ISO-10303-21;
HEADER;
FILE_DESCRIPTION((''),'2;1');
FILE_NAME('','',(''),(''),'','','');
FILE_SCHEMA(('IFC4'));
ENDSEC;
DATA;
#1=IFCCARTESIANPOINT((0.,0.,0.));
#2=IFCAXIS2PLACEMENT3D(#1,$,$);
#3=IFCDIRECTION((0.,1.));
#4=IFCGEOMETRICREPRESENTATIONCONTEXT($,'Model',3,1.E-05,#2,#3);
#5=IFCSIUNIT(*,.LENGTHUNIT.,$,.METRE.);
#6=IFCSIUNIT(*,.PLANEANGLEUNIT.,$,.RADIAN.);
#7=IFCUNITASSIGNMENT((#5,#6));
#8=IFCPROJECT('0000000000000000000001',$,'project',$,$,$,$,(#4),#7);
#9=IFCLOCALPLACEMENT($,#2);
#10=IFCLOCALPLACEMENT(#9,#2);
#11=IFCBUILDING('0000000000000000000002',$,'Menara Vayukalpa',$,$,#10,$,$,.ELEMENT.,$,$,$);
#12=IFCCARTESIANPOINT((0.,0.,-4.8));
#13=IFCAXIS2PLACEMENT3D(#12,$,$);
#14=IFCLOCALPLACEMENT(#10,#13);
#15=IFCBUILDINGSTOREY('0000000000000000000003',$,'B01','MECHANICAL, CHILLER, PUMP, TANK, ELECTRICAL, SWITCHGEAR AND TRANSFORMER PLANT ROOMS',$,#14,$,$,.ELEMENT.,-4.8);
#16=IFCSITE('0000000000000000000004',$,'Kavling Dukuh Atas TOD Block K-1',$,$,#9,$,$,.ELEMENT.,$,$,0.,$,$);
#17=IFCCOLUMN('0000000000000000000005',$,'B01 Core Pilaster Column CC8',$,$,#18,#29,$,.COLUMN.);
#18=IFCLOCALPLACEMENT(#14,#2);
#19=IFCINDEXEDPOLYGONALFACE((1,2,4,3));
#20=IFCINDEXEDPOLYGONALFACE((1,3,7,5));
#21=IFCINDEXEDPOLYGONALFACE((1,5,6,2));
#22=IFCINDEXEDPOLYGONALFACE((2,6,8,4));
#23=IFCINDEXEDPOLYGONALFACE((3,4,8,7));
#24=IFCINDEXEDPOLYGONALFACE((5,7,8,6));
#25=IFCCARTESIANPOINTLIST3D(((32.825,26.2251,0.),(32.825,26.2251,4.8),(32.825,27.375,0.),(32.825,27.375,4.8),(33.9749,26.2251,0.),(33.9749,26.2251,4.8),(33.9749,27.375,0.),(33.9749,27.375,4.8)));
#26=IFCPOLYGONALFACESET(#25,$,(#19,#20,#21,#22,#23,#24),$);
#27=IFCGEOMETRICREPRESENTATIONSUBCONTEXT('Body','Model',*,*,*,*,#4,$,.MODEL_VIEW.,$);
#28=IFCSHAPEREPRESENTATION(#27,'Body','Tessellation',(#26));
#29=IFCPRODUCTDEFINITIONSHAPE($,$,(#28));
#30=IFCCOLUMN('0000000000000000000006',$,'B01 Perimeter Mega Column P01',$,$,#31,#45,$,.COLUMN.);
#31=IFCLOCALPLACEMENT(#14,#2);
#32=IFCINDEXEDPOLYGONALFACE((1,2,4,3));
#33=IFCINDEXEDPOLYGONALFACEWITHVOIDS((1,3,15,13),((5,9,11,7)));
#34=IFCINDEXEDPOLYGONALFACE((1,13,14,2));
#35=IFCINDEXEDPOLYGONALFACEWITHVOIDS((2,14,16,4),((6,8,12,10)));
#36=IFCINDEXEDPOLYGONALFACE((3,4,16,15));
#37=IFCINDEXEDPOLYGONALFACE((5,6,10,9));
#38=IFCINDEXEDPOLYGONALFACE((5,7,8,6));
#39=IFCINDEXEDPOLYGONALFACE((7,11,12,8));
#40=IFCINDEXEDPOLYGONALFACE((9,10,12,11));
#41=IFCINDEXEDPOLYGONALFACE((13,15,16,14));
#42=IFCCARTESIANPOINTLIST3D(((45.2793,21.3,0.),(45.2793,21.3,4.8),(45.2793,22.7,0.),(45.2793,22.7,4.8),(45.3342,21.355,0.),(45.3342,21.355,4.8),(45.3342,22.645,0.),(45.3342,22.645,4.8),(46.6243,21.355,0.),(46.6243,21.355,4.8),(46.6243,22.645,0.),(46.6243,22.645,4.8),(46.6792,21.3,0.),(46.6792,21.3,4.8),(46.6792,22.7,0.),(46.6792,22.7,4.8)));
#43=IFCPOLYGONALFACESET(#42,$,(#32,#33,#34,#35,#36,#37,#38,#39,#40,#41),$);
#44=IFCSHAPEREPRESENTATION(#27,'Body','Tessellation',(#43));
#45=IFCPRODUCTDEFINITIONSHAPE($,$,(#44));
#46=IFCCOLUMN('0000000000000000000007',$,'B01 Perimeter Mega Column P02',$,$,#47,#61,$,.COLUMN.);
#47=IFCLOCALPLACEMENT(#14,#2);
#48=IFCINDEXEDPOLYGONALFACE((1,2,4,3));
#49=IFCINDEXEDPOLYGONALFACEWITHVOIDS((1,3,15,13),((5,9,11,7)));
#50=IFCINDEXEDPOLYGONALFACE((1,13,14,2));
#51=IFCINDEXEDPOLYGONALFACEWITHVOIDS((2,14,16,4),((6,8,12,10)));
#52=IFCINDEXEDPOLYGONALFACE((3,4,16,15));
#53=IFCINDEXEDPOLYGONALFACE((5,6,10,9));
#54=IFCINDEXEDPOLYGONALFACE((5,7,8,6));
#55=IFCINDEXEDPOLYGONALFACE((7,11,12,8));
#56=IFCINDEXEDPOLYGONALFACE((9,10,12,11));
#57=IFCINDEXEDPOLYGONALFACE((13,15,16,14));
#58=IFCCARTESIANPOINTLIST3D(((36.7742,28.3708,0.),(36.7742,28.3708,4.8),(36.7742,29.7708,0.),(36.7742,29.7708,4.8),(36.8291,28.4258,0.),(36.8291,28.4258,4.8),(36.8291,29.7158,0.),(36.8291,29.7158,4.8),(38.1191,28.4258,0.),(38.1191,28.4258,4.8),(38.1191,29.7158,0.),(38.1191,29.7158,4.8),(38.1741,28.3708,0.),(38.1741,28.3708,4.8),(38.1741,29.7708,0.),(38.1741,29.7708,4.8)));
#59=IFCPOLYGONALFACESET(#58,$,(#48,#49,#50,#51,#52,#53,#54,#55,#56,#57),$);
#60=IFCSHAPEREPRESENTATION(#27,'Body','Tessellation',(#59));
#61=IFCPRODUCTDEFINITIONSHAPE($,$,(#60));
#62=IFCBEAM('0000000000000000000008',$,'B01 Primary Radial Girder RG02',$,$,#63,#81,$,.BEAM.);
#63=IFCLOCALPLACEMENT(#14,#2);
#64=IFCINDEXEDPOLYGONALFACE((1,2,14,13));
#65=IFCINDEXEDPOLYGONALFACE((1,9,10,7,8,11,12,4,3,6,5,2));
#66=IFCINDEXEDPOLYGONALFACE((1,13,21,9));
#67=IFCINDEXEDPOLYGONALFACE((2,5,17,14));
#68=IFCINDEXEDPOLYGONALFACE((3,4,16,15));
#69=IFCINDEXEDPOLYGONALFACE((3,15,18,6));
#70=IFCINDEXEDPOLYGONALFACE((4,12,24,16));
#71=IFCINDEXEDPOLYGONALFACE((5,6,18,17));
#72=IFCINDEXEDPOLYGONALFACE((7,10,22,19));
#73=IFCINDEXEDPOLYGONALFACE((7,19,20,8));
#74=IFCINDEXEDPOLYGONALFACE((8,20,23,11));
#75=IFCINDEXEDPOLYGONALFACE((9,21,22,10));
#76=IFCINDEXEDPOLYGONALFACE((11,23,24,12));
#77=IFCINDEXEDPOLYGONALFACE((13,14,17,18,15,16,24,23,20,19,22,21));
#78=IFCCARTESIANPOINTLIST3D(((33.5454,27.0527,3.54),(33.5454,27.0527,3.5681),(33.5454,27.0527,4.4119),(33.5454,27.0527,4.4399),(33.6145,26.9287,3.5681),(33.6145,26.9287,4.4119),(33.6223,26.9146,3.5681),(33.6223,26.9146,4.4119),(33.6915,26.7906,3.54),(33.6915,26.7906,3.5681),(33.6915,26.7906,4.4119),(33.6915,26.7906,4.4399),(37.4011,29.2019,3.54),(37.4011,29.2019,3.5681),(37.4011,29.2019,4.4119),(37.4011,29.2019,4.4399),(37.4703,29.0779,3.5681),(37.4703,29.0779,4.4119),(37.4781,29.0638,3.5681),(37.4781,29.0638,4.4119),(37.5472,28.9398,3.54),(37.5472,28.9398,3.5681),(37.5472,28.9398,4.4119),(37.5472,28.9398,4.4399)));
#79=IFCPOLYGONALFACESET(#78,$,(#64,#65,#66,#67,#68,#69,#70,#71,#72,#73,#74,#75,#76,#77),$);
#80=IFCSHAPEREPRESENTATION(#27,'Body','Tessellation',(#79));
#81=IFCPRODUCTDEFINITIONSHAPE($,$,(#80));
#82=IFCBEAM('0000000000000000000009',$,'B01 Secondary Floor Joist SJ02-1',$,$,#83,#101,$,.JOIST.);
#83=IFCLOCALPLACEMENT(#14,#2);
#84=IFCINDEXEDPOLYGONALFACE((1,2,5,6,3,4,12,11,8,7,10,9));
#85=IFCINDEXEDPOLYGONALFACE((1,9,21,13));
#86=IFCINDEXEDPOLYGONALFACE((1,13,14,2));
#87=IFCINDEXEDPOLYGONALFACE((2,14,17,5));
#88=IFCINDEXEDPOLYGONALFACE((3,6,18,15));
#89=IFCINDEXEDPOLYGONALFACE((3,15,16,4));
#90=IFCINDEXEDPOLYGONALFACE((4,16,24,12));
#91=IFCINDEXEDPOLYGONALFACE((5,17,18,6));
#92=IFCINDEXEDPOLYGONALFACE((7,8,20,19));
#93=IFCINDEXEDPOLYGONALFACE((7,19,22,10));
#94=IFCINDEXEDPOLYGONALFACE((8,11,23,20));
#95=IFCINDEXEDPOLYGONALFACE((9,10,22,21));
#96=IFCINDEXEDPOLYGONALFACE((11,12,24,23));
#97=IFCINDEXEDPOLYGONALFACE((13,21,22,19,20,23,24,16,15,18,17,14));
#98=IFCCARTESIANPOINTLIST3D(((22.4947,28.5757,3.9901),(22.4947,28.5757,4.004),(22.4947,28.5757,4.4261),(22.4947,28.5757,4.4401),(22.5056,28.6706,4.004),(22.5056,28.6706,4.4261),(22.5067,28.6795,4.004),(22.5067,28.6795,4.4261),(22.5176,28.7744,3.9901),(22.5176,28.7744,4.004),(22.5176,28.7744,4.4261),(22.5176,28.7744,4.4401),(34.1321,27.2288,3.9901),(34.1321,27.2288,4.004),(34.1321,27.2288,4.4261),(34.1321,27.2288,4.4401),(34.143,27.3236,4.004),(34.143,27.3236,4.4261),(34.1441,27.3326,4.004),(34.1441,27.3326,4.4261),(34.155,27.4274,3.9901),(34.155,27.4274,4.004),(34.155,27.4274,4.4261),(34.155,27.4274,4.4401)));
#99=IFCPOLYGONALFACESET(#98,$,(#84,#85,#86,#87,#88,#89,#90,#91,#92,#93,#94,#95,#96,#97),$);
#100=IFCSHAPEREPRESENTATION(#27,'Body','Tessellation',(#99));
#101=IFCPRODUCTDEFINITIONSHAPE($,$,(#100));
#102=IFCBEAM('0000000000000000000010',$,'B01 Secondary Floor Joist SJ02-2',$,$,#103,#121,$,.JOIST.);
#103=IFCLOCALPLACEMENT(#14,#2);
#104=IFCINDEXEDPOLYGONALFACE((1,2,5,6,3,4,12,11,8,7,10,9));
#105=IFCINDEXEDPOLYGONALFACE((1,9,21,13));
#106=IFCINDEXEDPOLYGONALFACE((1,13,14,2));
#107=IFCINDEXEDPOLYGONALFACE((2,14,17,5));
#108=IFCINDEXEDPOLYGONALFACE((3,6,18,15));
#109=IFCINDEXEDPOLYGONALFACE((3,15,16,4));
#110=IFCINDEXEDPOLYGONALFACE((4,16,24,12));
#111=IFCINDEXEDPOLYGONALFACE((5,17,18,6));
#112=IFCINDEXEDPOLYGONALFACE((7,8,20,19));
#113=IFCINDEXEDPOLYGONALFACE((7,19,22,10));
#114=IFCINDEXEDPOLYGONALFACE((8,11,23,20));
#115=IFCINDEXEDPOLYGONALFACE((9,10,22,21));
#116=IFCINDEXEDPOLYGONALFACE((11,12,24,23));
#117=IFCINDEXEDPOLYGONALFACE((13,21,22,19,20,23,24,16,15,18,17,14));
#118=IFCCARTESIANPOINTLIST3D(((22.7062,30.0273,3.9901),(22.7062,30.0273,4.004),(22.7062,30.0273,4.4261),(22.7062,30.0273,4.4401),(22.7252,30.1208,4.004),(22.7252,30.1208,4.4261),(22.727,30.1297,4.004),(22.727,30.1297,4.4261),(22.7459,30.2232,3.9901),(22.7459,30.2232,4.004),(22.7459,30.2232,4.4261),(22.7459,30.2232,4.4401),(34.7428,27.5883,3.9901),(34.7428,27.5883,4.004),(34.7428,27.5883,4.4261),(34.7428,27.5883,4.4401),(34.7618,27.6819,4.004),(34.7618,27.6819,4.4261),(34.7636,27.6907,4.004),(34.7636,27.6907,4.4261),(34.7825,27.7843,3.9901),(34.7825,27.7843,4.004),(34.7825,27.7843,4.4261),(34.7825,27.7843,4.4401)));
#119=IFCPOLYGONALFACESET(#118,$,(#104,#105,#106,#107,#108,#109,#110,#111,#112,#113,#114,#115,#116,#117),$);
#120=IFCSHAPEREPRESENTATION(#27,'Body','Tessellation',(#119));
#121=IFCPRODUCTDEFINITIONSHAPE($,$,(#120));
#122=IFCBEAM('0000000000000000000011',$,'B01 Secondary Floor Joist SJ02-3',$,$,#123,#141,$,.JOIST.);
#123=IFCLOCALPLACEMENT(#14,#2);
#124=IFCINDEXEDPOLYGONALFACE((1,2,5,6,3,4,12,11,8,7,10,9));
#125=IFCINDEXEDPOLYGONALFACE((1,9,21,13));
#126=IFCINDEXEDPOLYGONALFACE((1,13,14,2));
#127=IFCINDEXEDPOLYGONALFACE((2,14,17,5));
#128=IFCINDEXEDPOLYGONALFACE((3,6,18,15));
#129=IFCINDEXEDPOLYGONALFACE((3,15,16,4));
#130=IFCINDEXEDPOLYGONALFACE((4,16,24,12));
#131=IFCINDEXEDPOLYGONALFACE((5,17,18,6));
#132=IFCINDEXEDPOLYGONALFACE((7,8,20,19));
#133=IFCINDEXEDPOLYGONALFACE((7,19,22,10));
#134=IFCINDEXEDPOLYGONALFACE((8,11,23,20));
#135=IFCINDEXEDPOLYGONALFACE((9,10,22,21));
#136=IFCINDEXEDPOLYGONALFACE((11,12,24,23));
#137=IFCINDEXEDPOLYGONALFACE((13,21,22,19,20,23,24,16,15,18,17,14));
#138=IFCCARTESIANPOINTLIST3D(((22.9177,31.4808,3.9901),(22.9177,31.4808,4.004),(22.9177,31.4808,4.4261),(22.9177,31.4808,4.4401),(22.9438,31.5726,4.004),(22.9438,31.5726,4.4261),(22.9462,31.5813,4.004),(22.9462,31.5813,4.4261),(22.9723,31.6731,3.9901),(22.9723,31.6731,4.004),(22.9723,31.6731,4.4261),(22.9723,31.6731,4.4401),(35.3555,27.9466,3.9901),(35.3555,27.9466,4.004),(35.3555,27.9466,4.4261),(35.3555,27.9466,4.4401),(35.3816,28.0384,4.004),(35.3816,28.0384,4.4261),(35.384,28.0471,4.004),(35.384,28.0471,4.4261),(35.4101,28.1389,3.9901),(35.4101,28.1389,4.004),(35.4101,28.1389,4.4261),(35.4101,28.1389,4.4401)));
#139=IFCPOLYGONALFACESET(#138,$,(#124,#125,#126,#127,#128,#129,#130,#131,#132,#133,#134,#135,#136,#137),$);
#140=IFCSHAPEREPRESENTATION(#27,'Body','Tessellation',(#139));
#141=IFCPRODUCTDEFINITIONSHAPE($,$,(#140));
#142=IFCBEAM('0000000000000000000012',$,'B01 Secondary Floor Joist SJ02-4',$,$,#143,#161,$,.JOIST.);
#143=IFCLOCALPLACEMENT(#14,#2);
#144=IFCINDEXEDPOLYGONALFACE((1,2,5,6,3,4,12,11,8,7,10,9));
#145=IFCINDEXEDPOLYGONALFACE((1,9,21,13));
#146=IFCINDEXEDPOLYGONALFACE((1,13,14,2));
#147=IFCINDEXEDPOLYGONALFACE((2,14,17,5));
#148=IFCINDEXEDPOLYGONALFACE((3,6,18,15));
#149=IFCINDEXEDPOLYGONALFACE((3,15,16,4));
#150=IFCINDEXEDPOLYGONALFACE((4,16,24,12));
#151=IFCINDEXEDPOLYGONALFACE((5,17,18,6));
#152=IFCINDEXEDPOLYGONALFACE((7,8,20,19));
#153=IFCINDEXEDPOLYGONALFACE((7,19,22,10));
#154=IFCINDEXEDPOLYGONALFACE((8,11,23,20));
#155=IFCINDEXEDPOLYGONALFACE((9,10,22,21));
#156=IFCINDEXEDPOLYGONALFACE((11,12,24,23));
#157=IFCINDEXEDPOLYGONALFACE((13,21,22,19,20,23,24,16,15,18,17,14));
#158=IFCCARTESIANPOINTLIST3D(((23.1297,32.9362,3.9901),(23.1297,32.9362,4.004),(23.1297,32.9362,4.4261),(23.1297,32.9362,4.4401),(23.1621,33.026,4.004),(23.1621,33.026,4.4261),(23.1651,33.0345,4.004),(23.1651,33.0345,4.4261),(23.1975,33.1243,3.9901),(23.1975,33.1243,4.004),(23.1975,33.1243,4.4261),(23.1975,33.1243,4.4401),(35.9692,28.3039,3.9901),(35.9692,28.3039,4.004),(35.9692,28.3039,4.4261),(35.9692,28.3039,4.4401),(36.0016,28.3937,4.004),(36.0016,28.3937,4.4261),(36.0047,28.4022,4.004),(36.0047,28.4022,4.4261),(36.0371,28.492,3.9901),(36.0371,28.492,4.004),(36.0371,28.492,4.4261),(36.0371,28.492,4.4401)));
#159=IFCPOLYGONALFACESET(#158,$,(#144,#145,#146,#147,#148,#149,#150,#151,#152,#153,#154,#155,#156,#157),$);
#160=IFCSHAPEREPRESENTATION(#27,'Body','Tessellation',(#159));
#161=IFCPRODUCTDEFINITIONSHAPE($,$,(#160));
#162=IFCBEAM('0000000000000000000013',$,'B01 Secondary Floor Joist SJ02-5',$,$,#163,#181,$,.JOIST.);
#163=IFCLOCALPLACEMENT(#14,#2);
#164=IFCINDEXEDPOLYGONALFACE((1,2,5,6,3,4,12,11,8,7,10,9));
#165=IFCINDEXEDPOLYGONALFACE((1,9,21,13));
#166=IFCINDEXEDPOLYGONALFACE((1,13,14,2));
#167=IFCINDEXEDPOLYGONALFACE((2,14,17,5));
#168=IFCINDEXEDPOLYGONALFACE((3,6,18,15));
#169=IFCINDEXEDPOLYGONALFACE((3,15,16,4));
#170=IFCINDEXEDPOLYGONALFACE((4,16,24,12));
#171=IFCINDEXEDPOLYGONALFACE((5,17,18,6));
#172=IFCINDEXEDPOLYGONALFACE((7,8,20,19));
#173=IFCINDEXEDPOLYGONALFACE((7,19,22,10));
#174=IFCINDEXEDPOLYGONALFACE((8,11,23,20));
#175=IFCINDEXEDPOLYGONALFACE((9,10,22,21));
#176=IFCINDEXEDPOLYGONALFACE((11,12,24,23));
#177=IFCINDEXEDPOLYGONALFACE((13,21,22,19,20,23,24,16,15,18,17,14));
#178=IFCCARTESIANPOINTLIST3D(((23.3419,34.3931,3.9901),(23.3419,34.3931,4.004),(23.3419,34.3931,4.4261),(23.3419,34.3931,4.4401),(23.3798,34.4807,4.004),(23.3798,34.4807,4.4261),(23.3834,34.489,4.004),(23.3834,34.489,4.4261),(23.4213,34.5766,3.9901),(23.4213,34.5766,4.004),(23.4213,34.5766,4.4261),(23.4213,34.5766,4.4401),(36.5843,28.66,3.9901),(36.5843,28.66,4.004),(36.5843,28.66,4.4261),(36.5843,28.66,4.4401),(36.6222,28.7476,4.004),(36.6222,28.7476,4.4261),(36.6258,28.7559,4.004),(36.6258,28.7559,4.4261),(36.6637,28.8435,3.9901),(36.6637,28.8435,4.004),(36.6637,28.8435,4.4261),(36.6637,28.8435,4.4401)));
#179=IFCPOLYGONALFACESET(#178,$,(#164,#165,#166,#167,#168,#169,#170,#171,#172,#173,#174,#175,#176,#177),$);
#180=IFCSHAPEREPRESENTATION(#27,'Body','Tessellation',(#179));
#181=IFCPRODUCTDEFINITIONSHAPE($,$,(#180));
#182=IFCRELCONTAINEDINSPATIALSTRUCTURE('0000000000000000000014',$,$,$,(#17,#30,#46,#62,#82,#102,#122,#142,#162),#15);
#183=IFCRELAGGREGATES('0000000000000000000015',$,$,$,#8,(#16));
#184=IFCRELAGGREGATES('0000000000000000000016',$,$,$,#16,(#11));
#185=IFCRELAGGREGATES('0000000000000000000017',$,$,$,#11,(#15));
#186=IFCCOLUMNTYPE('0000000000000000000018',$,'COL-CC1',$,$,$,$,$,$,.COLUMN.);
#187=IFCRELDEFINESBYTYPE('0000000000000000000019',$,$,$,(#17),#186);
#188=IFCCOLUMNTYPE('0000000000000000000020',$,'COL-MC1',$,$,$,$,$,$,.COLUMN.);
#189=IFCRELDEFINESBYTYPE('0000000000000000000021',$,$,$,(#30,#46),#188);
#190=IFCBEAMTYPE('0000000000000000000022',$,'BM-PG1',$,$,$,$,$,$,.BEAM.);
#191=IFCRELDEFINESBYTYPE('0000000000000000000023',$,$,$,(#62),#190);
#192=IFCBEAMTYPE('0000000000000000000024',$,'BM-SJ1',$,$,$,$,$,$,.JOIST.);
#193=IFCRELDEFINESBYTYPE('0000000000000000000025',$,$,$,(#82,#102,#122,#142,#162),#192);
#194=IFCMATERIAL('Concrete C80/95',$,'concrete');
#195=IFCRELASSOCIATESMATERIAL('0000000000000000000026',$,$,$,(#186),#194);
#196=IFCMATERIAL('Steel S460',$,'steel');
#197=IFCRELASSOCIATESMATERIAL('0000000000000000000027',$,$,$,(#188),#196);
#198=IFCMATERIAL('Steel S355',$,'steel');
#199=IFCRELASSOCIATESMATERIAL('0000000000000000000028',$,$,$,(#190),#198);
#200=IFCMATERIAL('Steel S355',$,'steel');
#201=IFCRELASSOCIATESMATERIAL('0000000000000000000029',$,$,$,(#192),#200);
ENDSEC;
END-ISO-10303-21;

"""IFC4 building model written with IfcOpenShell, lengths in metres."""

from ifc_helpers import new_model, si_unit, direction, frame, origin, origin_2d, place, context, subcontext, project, spatial, rectangle, hollow_rectangle, i_section, extrude, material, material_profile, profile_set, type_object, element, save


model = new_model("IFC4")

# Units and contexts
model_context = context("Model", 3, precision=1e-05, world=origin(), true_north=direction((0.0, 1.0)))
body_context = subcontext(model_context, "Body", "Model", "MODEL_VIEW")
ifc_project = project(units=[si_unit("LENGTHUNIT", "METRE"), si_unit("PLANEANGLEUNIT", "RADIAN")], contexts=[model_context])

# Site, building, storey
site_placement = place(None, origin())
site = spatial("IfcSite", under=ifc_project, at=site_placement, Name="Kavling Dukuh Atas TOD Block K-1", CompositionType="ELEMENT", RefElevation=0.0)
building_placement = place(site_placement, origin())
building = spatial("IfcBuilding", under=site, at=building_placement, Name="Menara Vayukalpa", CompositionType="ELEMENT")
storey_placement = place(building_placement, frame((0.0, 0.0, -4.8)))
storey = spatial("IfcBuildingStorey", under=building, at=storey_placement, Name="B01", Description="MECHANICAL, CHILLER, PUMP, TANK, ELECTRICAL, SWITCHGEAR AND TRANSFORMER PLANT ROOMS", CompositionType="ELEMENT", Elevation=-4.8)

# Columns
ifc_material_1 = material(Name="Concrete C80/95", Category="concrete")
ifc_material_profile_1 = material_profile(ifc_material_1, rectangle(XDim=1.1499, YDim=1.1499, at=origin_2d()), Name="RC 1150x1150")
ifc_profile_set_1 = profile_set([ifc_material_profile_1], Name="Concrete C80/95")
column_type_1 = type_object("IfcColumnType", Name="COL-CC1", PredefinedType="COLUMN", material=ifc_profile_set_1)
column_placement = place(storey_placement, frame((33.3999, 26.8, 0.0), z_axis=(0.0, 0.0, 1.0), x_axis=(1.0, 0.0, 0.0)))
element("IfcColumn", 1, at=column_placement, inside=storey, type_object=column_type_1, Name="B01 Core Pilaster Column CC8", PredefinedType="COLUMN", context=body_context, shape_type="SweptSolid", body=[
    extrude(rectangle(XDim=1.1499, YDim=1.1499, at=origin_2d()), origin(), (0.0, 0.0, 1.0), 4.8),
])
ifc_material_2 = material(Name="Steel S460", Category="steel")
ifc_material_profile_2 = material_profile(ifc_material_2, hollow_rectangle(XDim=1.3999, YDim=1.3999, WallThickness=0.0549, at=origin_2d()), Name="BOX 1400x1400x55")
ifc_profile_set_2 = profile_set([ifc_material_profile_2], Name="Steel S460")
column_type_2 = type_object("IfcColumnType", Name="COL-MC1", PredefinedType="COLUMN", material=ifc_profile_set_2)
for number, where, z_axis, x_axis, name in (
    (2, (45.9792, 22.0, 0.0), (0.0, 0.0, 1.0), (1.0, 0.0, 0.0), "B01 Perimeter Mega Column P01"),
    (3, (37.4741, 29.0708, 0.0), (0.0, 0.0, 1.0), (1.0, 0.0, 0.0), "B01 Perimeter Mega Column P02"),
):
    element("IfcColumn", number, at=place(storey_placement, frame(where, z_axis=z_axis, x_axis=x_axis)), inside=storey, type_object=column_type_2, Name=name, PredefinedType="COLUMN", context=body_context, shape_type="SweptSolid", body=[
        extrude(hollow_rectangle(XDim=1.3999, YDim=1.3999, WallThickness=0.0549, at=origin_2d()), origin(), (0.0, 0.0, 1.0), 4.8),
    ])

# Beams
ifc_material_3 = material(Name="Steel S355", Category="steel")
ifc_material_profile_3 = material_profile(ifc_material_3, i_section(OverallWidth=0.3, OverallDepth=0.8999, WebThickness=0.0161, FlangeThickness=0.0281, at=origin_2d()), Name="WF 900x300x16x28")
ifc_profile_set_3 = profile_set([ifc_material_profile_3], Name="Steel S355")
beam_type_1 = type_object("IfcBeamType", Name="BM-PG1", PredefinedType="BEAM", material=ifc_profile_set_3)
beam_1_placement = place(storey_placement, frame((33.6184, 26.9216, 3.99), z_axis=(0.873473, 0.486873, 0.0), x_axis=(-0.486873, 0.873473, 0.0)))
element("IfcBeam", 4, at=beam_1_placement, inside=storey, type_object=beam_type_1, Name="B01 Primary Radial Girder RG02", PredefinedType="BEAM", context=body_context, shape_type="SweptSolid", body=[
    extrude(i_section(OverallWidth=0.3, OverallDepth=0.8999, WebThickness=0.0161, FlangeThickness=0.0281, at=origin_2d()), origin(), (0.0, 0.0, 1.0), 4.4143),
])
ifc_material_4 = material(Name="Steel S355", Category="steel")
ifc_material_profile_4 = material_profile(ifc_material_4, i_section(OverallWidth=0.2, OverallDepth=0.45, WebThickness=0.009, FlangeThickness=0.0139, at=origin_2d()), Name="WF 450x200x9x14")
ifc_profile_set_4 = profile_set([ifc_material_profile_4], Name="Steel S355")
beam_type_2 = type_object("IfcBeamType", Name="BM-SJ1", PredefinedType="JOIST", material=ifc_profile_set_4)
beam_2_placement = place(storey_placement, frame((34.1436, 27.3281, 4.2151), z_axis=(-0.993369, 0.114973, 0.0), x_axis=(-0.114973, -0.993369, 0.0)))
element("IfcBeam", 5, at=beam_2_placement, inside=storey, type_object=beam_type_2, Name="B01 Secondary Floor Joist SJ02-1", PredefinedType="JOIST", context=body_context, shape_type="SweptSolid", body=[
    extrude(i_section(OverallWidth=0.2, OverallDepth=0.45, WebThickness=0.009, FlangeThickness=0.0139, at=origin_2d()), origin(), (0.0, 0.0, 1.0), 11.7151),
])
beam_3_placement = place(storey_placement, frame((34.7627, 27.6863, 4.2151), z_axis=(-0.980082, 0.198593, 0.0), x_axis=(-0.198593, -0.980082, 0.0)))
element("IfcBeam", 6, at=beam_3_placement, inside=storey, type_object=beam_type_2, Name="B01 Secondary Floor Joist SJ02-2", PredefinedType="JOIST", context=body_context, shape_type="SweptSolid", body=[
    extrude(i_section(OverallWidth=0.2, OverallDepth=0.45, WebThickness=0.009, FlangeThickness=0.0139, at=origin_2d()), origin(), (0.0, 0.0, 1.0), 12.2812),
])
beam_4_placement = place(storey_placement, frame((35.3828, 28.0427, 4.2151), z_axis=(-0.961921, 0.273329, 0.0), x_axis=(-0.273329, -0.961921, 0.0)))
element("IfcBeam", 7, at=beam_4_placement, inside=storey, type_object=beam_type_2, Name="B01 Secondary Floor Joist SJ02-3", PredefinedType="JOIST", context=body_context, shape_type="SweptSolid", body=[
    extrude(i_section(OverallWidth=0.2, OverallDepth=0.45, WebThickness=0.009, FlangeThickness=0.0139, at=origin_2d()), origin(), (0.0, 0.0, 1.0), 12.9302),
])
beam_5_placement = place(storey_placement, frame((36.0032, 28.3979, 4.2151), z_axis=(-0.940652, 0.339372, 0.0), x_axis=(-0.339372, -0.940652, 0.0)))
element("IfcBeam", 8, at=beam_5_placement, inside=storey, type_object=beam_type_2, Name="B01 Secondary Floor Joist SJ02-4", PredefinedType="JOIST", context=body_context, shape_type="SweptSolid", body=[
    extrude(i_section(OverallWidth=0.2, OverallDepth=0.45, WebThickness=0.009, FlangeThickness=0.0139, at=origin_2d()), origin(), (0.0, 0.0, 1.0), 13.6497),
])
beam_6_placement = place(storey_placement, frame((36.624, 28.7517, 4.2151), z_axis=(-0.917688, 0.397302, 0.0), x_axis=(-0.397302, -0.917688, 0.0)))
element("IfcBeam", 9, at=beam_6_placement, inside=storey, type_object=beam_type_2, Name="B01 Secondary Floor Joist SJ02-5", PredefinedType="JOIST", context=body_context, shape_type="SweptSolid", body=[
    extrude(i_section(OverallWidth=0.2, OverallDepth=0.45, WebThickness=0.009, FlangeThickness=0.0139, at=origin_2d()), origin(), (0.0, 0.0, 1.0), 14.4302),
])

save(model, "model.ifc")
